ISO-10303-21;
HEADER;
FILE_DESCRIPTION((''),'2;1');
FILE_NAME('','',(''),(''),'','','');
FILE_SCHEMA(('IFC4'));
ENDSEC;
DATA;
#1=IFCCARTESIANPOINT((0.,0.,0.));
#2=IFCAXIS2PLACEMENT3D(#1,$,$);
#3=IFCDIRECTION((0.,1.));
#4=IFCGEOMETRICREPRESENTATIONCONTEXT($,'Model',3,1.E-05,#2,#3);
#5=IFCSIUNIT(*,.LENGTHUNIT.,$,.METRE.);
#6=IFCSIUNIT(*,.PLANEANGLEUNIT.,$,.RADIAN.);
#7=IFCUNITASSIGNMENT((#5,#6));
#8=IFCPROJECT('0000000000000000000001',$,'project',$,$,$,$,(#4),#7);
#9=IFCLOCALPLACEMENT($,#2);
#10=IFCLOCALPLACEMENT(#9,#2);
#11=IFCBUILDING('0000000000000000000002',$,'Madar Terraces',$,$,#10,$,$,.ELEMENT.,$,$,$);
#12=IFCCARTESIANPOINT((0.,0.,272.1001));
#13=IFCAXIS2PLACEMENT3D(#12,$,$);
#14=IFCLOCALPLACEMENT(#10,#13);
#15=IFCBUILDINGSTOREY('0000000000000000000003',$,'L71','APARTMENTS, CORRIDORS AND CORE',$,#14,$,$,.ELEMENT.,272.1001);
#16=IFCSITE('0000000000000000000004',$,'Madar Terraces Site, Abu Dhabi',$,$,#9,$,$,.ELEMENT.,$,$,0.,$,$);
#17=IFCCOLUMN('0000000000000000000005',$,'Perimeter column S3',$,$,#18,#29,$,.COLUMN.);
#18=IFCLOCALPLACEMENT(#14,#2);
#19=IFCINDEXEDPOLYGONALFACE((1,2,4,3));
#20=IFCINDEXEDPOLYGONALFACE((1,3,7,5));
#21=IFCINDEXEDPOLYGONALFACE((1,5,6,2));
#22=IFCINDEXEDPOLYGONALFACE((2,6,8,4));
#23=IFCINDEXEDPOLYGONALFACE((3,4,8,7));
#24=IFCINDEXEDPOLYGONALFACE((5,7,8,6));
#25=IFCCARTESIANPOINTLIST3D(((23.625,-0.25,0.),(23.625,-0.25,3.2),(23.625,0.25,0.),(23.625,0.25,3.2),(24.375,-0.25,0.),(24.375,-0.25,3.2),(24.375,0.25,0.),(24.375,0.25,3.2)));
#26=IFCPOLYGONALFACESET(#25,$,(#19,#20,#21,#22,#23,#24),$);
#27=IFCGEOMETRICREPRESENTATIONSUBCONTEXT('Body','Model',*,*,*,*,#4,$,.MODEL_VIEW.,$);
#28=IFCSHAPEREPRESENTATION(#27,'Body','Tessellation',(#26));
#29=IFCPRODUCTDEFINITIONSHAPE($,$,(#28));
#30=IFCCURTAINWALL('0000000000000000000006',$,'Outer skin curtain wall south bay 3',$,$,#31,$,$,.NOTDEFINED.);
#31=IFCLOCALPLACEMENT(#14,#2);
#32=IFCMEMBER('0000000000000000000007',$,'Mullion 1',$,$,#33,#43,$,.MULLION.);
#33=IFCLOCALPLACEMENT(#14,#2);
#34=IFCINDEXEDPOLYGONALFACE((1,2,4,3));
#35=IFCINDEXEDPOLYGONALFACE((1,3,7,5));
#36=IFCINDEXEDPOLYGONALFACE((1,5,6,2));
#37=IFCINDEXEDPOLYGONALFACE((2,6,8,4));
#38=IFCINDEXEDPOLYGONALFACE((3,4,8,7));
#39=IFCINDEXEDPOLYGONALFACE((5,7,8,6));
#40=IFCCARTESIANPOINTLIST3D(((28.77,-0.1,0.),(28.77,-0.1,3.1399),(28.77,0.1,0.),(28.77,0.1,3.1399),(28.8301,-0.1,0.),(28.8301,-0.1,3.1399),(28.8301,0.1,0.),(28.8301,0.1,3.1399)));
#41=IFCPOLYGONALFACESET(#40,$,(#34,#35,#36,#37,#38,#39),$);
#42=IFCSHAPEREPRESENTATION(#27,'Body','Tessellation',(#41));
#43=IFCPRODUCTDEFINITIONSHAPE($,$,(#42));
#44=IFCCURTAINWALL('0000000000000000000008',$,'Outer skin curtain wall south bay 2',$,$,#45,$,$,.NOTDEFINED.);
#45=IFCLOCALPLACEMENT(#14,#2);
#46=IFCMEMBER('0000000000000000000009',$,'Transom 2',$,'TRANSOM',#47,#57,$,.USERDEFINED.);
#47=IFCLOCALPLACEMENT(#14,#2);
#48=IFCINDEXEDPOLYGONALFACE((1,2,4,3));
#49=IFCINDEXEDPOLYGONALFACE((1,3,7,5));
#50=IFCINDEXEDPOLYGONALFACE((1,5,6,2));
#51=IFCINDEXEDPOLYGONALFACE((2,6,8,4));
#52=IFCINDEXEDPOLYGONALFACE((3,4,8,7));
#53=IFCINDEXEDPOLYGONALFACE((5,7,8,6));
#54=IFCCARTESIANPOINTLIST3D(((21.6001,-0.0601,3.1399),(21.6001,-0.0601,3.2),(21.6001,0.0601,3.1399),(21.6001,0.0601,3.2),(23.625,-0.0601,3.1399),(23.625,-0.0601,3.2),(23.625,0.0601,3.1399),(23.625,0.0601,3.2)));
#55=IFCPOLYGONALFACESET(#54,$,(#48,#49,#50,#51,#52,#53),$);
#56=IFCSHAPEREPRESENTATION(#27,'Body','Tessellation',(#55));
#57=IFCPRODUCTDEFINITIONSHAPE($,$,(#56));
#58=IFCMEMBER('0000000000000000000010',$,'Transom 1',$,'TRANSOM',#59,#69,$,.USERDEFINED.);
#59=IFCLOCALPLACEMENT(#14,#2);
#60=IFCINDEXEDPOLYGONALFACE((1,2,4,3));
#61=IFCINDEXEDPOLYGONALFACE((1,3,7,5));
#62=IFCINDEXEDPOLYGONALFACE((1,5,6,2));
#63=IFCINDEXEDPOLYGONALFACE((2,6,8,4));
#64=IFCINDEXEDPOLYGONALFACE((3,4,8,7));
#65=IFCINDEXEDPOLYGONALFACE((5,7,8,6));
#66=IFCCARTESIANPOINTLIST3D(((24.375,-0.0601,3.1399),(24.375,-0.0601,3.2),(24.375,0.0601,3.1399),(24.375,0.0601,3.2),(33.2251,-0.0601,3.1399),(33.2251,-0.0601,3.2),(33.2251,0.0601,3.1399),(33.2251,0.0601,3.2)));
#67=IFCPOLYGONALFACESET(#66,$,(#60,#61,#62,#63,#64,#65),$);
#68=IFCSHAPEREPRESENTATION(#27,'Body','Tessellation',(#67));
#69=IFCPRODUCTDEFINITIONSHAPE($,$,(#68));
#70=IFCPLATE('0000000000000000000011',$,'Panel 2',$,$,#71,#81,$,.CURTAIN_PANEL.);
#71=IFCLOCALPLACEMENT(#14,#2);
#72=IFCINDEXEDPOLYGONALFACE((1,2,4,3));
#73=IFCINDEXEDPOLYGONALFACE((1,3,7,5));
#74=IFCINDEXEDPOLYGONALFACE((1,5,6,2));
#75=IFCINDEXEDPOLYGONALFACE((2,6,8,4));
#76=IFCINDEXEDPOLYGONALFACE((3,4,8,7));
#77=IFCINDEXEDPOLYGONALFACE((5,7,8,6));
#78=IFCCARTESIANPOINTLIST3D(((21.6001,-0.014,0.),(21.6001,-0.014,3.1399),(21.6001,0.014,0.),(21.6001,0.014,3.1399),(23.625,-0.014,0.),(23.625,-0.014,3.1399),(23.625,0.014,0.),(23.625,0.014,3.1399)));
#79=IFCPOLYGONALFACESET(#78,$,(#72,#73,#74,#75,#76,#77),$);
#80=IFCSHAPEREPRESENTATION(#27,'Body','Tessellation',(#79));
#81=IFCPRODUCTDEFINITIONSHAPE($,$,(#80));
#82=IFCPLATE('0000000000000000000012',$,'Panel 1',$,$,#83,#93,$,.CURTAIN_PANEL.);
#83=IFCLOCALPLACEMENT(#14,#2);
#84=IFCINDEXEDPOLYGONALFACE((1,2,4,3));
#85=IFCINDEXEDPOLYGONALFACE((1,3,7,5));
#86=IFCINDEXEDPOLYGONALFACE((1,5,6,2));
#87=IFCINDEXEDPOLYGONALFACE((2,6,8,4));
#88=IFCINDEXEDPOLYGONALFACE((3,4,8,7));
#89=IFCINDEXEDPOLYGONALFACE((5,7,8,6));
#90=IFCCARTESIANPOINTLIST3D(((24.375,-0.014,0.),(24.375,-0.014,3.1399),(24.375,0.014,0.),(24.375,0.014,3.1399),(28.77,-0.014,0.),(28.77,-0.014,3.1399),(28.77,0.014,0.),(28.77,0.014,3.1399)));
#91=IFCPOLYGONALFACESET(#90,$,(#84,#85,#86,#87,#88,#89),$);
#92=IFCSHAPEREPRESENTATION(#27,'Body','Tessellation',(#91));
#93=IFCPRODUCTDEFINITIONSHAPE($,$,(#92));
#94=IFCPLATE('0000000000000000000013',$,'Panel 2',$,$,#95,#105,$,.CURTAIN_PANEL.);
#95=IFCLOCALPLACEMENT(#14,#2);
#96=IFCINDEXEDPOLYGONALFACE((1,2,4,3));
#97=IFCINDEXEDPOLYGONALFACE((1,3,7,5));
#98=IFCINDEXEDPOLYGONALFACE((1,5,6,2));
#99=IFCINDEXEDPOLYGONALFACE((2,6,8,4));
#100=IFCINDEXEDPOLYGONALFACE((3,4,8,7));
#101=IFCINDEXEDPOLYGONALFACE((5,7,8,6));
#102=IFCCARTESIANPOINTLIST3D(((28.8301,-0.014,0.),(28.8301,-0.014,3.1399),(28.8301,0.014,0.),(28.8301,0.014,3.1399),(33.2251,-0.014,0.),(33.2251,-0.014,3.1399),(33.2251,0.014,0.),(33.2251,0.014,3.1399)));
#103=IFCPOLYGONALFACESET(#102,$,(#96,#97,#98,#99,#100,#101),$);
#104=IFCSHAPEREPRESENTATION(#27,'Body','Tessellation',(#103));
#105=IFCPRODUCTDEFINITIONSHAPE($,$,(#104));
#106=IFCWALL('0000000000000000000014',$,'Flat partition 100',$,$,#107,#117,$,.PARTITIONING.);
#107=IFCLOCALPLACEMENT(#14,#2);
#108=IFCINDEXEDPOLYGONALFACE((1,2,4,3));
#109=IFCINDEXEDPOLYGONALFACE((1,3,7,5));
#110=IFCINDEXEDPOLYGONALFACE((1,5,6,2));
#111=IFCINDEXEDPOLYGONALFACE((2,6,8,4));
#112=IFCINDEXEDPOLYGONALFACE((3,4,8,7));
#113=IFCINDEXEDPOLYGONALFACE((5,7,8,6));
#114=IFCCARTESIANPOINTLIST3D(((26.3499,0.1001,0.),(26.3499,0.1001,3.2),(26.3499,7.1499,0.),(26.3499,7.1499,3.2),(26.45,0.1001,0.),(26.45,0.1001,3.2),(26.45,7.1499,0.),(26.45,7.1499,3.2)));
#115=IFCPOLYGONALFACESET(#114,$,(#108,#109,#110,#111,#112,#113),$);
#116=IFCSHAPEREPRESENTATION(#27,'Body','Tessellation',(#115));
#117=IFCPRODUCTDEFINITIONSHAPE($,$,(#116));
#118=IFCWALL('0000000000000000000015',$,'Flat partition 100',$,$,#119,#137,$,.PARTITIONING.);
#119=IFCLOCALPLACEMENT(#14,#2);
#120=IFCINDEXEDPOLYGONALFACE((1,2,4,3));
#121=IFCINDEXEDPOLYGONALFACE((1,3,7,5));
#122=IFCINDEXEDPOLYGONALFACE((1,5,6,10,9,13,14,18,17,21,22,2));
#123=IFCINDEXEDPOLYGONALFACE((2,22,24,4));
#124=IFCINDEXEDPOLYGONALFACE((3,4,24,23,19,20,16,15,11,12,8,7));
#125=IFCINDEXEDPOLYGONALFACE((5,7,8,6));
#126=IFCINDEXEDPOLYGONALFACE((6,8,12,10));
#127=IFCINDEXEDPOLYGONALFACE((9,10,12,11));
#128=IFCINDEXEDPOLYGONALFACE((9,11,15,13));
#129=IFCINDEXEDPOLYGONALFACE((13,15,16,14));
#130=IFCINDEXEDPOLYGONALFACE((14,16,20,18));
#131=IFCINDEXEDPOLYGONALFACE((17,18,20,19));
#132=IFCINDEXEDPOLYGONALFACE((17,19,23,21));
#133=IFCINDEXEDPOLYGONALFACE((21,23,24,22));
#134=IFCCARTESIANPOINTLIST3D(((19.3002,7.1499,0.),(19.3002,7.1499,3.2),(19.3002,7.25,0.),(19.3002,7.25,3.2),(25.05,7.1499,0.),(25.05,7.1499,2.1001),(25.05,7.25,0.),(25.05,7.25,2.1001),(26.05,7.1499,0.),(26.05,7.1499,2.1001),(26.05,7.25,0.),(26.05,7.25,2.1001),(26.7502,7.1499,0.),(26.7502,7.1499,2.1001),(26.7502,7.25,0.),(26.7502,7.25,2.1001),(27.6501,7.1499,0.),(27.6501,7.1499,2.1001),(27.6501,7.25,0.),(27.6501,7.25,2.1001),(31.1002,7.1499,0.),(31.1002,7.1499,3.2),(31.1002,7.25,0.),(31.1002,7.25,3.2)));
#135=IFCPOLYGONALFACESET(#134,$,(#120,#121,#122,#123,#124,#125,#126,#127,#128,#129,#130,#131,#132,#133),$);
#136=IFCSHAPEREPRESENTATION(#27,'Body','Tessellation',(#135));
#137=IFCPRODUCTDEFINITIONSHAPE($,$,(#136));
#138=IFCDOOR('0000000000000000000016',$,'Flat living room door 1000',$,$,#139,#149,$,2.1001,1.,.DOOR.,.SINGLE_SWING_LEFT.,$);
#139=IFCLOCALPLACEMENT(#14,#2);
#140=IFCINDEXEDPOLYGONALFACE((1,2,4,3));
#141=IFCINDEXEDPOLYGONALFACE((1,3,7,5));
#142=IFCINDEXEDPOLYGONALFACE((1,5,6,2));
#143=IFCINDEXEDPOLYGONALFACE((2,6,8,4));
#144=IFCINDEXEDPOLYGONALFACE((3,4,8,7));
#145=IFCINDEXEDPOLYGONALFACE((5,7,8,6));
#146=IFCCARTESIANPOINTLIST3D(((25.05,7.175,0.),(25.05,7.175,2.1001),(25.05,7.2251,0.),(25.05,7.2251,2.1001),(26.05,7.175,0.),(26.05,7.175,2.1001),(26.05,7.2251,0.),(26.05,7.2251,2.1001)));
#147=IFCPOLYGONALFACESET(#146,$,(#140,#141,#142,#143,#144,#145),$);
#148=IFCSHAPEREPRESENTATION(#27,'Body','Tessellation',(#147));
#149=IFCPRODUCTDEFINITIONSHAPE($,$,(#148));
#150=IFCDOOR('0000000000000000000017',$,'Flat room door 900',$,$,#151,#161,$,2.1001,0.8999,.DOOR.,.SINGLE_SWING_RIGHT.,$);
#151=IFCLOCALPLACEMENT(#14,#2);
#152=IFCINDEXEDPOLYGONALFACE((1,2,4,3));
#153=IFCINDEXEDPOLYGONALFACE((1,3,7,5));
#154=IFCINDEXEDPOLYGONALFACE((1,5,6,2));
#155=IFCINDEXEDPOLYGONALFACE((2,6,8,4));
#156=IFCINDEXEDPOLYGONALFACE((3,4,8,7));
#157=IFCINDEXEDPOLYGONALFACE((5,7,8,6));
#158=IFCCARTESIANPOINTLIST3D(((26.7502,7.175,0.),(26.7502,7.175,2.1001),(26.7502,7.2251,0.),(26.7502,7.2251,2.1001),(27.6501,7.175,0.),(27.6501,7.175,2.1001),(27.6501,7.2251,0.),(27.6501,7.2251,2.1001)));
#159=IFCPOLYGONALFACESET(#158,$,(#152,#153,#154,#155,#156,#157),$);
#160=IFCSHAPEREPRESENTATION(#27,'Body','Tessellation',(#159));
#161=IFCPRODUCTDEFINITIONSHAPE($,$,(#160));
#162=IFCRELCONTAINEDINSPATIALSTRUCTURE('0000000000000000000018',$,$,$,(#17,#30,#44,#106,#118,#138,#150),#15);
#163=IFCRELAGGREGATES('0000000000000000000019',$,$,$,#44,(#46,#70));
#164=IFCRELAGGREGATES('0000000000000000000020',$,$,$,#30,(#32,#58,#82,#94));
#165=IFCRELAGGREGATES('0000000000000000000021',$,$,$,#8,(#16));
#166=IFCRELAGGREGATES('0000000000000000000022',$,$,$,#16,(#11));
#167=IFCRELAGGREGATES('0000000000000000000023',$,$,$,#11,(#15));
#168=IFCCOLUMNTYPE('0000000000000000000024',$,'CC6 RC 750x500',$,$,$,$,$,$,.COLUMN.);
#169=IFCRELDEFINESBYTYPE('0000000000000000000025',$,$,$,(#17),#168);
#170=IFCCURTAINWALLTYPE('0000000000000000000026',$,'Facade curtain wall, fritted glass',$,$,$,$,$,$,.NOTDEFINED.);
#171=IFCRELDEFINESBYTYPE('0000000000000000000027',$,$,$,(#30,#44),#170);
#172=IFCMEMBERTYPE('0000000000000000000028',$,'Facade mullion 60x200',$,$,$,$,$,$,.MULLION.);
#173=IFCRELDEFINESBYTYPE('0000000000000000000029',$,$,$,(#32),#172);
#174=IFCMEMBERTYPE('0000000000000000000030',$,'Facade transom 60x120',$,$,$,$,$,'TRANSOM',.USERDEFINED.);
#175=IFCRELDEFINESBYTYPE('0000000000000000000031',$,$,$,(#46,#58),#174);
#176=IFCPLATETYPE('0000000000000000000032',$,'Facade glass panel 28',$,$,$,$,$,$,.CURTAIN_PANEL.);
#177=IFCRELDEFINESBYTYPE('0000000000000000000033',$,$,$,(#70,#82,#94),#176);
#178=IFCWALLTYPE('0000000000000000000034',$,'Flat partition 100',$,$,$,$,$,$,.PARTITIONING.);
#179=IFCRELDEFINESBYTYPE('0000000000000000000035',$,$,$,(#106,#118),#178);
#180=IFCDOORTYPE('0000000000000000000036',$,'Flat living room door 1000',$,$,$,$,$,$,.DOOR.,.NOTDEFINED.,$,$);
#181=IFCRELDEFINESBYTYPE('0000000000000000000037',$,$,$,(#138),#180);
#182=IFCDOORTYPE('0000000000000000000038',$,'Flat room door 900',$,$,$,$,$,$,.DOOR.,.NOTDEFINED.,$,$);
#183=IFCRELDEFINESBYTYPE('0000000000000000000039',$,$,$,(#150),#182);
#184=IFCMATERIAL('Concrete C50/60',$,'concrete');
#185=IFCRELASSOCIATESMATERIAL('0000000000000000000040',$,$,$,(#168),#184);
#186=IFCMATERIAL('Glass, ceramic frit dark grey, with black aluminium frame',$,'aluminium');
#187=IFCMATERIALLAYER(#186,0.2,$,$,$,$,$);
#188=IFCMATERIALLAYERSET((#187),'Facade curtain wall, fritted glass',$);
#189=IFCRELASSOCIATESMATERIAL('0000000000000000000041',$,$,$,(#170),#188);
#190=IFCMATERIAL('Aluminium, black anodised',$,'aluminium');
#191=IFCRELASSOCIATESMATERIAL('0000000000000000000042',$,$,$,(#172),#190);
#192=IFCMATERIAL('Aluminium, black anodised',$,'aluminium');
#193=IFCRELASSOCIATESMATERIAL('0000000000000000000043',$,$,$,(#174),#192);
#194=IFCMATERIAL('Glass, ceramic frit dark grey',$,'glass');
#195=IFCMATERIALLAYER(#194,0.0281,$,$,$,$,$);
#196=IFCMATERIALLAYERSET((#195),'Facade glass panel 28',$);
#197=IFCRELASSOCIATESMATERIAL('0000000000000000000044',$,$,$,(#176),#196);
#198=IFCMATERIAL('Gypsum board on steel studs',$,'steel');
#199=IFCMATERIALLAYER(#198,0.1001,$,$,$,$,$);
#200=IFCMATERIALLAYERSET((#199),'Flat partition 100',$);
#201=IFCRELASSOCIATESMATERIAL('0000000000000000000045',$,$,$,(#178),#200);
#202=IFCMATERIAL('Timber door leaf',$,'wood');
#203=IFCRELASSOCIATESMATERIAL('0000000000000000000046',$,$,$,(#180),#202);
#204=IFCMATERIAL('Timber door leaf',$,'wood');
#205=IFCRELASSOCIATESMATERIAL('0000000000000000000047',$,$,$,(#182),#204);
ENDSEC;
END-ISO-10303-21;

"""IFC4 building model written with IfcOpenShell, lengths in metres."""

from ifc_helpers import new_model, si_unit, direction, frame, frame_2d, origin, origin_2d, place, context, subcontext, project, spatial, rectangle, extrude, material, layer, layer_set, material_profile, profile_set, type_object, element, fill, aggregate, save


model = new_model("IFC4")

# Units and contexts
model_context = context("Model", 3, precision=1e-05, world=origin(), true_north=direction((0.0, 1.0)))
body_context = subcontext(model_context, "Body", "Model", "MODEL_VIEW")
ifc_project = project(units=[si_unit("LENGTHUNIT", "METRE"), si_unit("PLANEANGLEUNIT", "RADIAN")], contexts=[model_context])

# Site, building, storey
site_placement = place(None, origin())
site = spatial("IfcSite", under=ifc_project, at=site_placement, Name="Madar Terraces Site, Abu Dhabi", CompositionType="ELEMENT", RefElevation=0.0)
building_placement = place(site_placement, origin())
building = spatial("IfcBuilding", under=site, at=building_placement, Name="Madar Terraces", CompositionType="ELEMENT")
storey_placement = place(building_placement, frame((0.0, 0.0, 272.1001)))
storey = spatial("IfcBuildingStorey", under=building, at=storey_placement, Name="L71", Description="APARTMENTS, CORRIDORS AND CORE", CompositionType="ELEMENT", Elevation=272.1001)

# Column
ifc_material_1 = material(Name="Concrete C50/60", Category="concrete")
ifc_material_profile_1 = material_profile(ifc_material_1, rectangle(XDim=0.75, YDim=0.5, at=origin_2d()), Name="CC6 RC 750x500")
ifc_profile_set_1 = profile_set([ifc_material_profile_1], Name="Concrete C50/60")
column_type = type_object("IfcColumnType", Name="CC6 RC 750x500", PredefinedType="COLUMN", material=ifc_profile_set_1)
column_placement = place(storey_placement, frame((24.0, 0.0, 0.0), z_axis=(0.0, 0.0, 1.0), x_axis=(1.0, 0.0, 0.0)))
element("IfcColumn", 1, at=column_placement, inside=storey, type_object=column_type, Name="Perimeter column S3", PredefinedType="COLUMN", context=body_context, shape_type="SweptSolid", body=[
    extrude(rectangle(XDim=0.75, YDim=0.5, at=origin_2d()), origin(), (0.0, 0.0, 1.0), 3.2),
])

# Curtain walls, members
ifc_material_2 = material(Name="Glass, ceramic frit dark grey, with black aluminium frame", Category="aluminium")
ifc_layer_1 = layer(ifc_material_2, 0.2)
ifc_layer_set_1 = layer_set([ifc_layer_1], Name="Facade curtain wall, fritted glass")
curtain_wall_type = type_object("IfcCurtainWallType", Name="Facade curtain wall, fritted glass", PredefinedType="NOTDEFINED", material=ifc_layer_set_1)
curtain_wall_1_placement = place(storey_placement, origin())
curtain_wall_1 = element("IfcCurtainWall", 2, at=curtain_wall_1_placement, inside=storey, type_object=curtain_wall_type, Name="Outer skin curtain wall south bay 3", PredefinedType="NOTDEFINED")
ifc_material_3 = material(Name="Aluminium, black anodised", Category="aluminium")
ifc_material_profile_2 = material_profile(ifc_material_3, rectangle(XDim=0.2, YDim=0.0601, at=origin_2d()), Name="Facade mullion 60x200")
ifc_profile_set_2 = profile_set([ifc_material_profile_2], Name="Aluminium, black anodised")
member_type_1 = type_object("IfcMemberType", Name="Facade mullion 60x200", PredefinedType="MULLION", material=ifc_profile_set_2)
member_1_placement = place(storey_placement, frame((28.8, 0.0, 0.0), z_axis=(0.0, 0.0, 1.0), x_axis=(0.0, 1.0, 0.0)))
member_1 = element("IfcMember", 3, at=member_1_placement, type_object=member_type_1, Name="Mullion 1", PredefinedType="MULLION", context=body_context, shape_type="SweptSolid", body=[
    extrude(rectangle(XDim=0.2, YDim=0.0601, at=origin_2d()), origin(), (0.0, 0.0, 1.0), 3.1399),
])
curtain_wall_2_placement = place(storey_placement, origin())
curtain_wall_2 = element("IfcCurtainWall", 4, at=curtain_wall_2_placement, inside=storey, type_object=curtain_wall_type, Name="Outer skin curtain wall south bay 2", PredefinedType="NOTDEFINED")
ifc_material_4 = material(Name="Aluminium, black anodised", Category="aluminium")
ifc_material_profile_3 = material_profile(ifc_material_4, rectangle(XDim=0.1201, YDim=0.0601, at=origin_2d()), Name="Facade transom 60x120")
ifc_profile_set_3 = profile_set([ifc_material_profile_3], Name="Aluminium, black anodised")
member_type_2 = type_object("IfcMemberType", Name="Facade transom 60x120", ElementType="TRANSOM", PredefinedType="USERDEFINED", material=ifc_profile_set_3)
member_2_placement = place(storey_placement, frame((21.6001, 0.0, 3.1699), z_axis=(1.0, 0.0, 0.0), x_axis=(0.0, 1.0, 0.0)))
member_2 = element("IfcMember", 5, at=member_2_placement, type_object=member_type_2, Name="Transom 2", ObjectType="TRANSOM", PredefinedType="USERDEFINED", context=body_context, shape_type="SweptSolid", body=[
    extrude(rectangle(XDim=0.1201, YDim=0.0601, at=origin_2d()), origin(), (0.0, 0.0, 1.0), 2.0249),
])

# Member
member_3_placement = place(storey_placement, frame((24.375, 0.0, 3.1699), z_axis=(1.0, 0.0, 0.0), x_axis=(0.0, 1.0, 0.0)))
member_3 = element("IfcMember", 6, at=member_3_placement, type_object=member_type_2, Name="Transom 1", ObjectType="TRANSOM", PredefinedType="USERDEFINED", context=body_context, shape_type="SweptSolid", body=[
    extrude(rectangle(XDim=0.1201, YDim=0.0601, at=origin_2d()), origin(), (0.0, 0.0, 1.0), 8.8501),
])

# Plates
ifc_material_5 = material(Name="Glass, ceramic frit dark grey", Category="glass")
ifc_layer_2 = layer(ifc_material_5, 0.0281)
ifc_layer_set_2 = layer_set([ifc_layer_2], Name="Facade glass panel 28")
plate_type = type_object("IfcPlateType", Name="Facade glass panel 28", PredefinedType="CURTAIN_PANEL", material=ifc_layer_set_2)
plate_1_placement = place(storey_placement, frame((22.6125, 0.0, 0.0), z_axis=(0.0, 0.0, 1.0), x_axis=(1.0, 0.0, 0.0)))
plate_1 = element("IfcPlate", 7, at=plate_1_placement, type_object=plate_type, Name="Panel 2", PredefinedType="CURTAIN_PANEL", context=body_context, shape_type="SweptSolid", body=[
    extrude(rectangle(XDim=2.0249, YDim=0.0281, at=origin_2d()), origin(), (0.0, 0.0, 1.0), 3.1399),
])
aggregate(curtain_wall_2, [member_2, plate_1])
plate_2_placement = place(storey_placement, frame((26.5725, 0.0, 0.0), z_axis=(0.0, 0.0, 1.0), x_axis=(1.0, 0.0, 0.0)))
plate_2 = element("IfcPlate", 8, at=plate_2_placement, type_object=plate_type, Name="Panel 1", PredefinedType="CURTAIN_PANEL", context=body_context, shape_type="SweptSolid", body=[
    extrude(rectangle(XDim=4.395, YDim=0.0281, at=origin_2d()), origin(), (0.0, 0.0, 1.0), 3.1399),
])
plate_3_placement = place(storey_placement, frame((31.0276, 0.0, 0.0), z_axis=(0.0, 0.0, 1.0), x_axis=(1.0, 0.0, 0.0)))
plate_3 = element("IfcPlate", 9, at=plate_3_placement, type_object=plate_type, Name="Panel 2", PredefinedType="CURTAIN_PANEL", context=body_context, shape_type="SweptSolid", body=[
    extrude(rectangle(XDim=4.395, YDim=0.0281, at=origin_2d()), origin(), (0.0, 0.0, 1.0), 3.1399),
])
aggregate(curtain_wall_1, [member_1, member_3, plate_2, plate_3])

# Wall
ifc_material_6 = material(Name="Gypsum board on steel studs", Category="steel")
ifc_layer_3 = layer(ifc_material_6, 0.1001)
ifc_layer_set_3 = layer_set([ifc_layer_3], Name="Flat partition 100")
wall_type_1 = type_object("IfcWallType", Name="Flat partition 100", PredefinedType="PARTITIONING", material=ifc_layer_set_3)
wall_1_placement = place(storey_placement, frame((26.3999, 7.1499, 0.0), z_axis=(0.0, 0.0, 1.0), x_axis=(0.0, -1.0, 0.0)))
element("IfcWall", 10, at=wall_1_placement, inside=storey, type_object=wall_type_1, Name="Flat partition 100", PredefinedType="PARTITIONING", context=body_context, shape_type="SweptSolid", body=[
    extrude(rectangle(XDim=7.0498, YDim=0.1001, at=frame_2d((3.5249, 0.0))), origin(), (0.0, 0.0, 1.0), 3.2),
])

# Wall, openings, doors
wall_2_placement = place(storey_placement, frame((31.1001, 7.2, 0.0), z_axis=(0.0, 0.0, 1.0), x_axis=(-1.0, 0.0, 0.0)))
wall_2 = element("IfcWall", 11, at=wall_2_placement, inside=storey, type_object=wall_type_1, Name="Flat partition 100", PredefinedType="PARTITIONING", context=body_context, shape_type="SweptSolid", body=[
    extrude(rectangle(XDim=11.8, YDim=0.1001, at=frame_2d((5.8999, 0.0))), origin(), (0.0, 0.0, 1.0), 3.2),
])
opening_1_placement = place(wall_2_placement, frame((3.45, 0.0, 0.0)))
opening_1 = element("IfcOpeningElement", 12, at=opening_1_placement, cuts=wall_2, PredefinedType="OPENING", context=body_context, shape_type="SweptSolid", body=[
    extrude(rectangle(XDim=0.8999, YDim=2.1001, at=frame_2d((0.45, 1.05))), frame((0.0, 0.0601, 0.0), z_axis=(0.0, -1.0, 0.0), x_axis=(1.0, 0.0, 0.0)), (0.0, 0.0, 1.0), 0.1201),
])
opening_2_placement = place(wall_2_placement, frame((5.05, 0.0, 0.0)))
opening_2 = element("IfcOpeningElement", 13, at=opening_2_placement, cuts=wall_2, PredefinedType="OPENING", context=body_context, shape_type="SweptSolid", body=[
    extrude(rectangle(XDim=1.0, YDim=2.1001, at=frame_2d((0.5, 1.05))), frame((0.0, 0.0601, 0.0), z_axis=(0.0, -1.0, 0.0), x_axis=(1.0, 0.0, 0.0)), (0.0, 0.0, 1.0), 0.1201),
])
ifc_material_7 = material(Name="Timber door leaf", Category="wood")
door_type_1 = type_object("IfcDoorType", Name="Flat living room door 1000", OperationType="NOTDEFINED", PredefinedType="DOOR", material=ifc_material_7)
door_1_placement = place(opening_2_placement, origin())
door_1 = element("IfcDoor", 14, at=door_1_placement, inside=storey, type_object=door_type_1, Name="Flat living room door 1000", OperationType="SINGLE_SWING_LEFT", OverallHeight=2.1001, OverallWidth=1.0, PredefinedType="DOOR", context=body_context, shape_type="SweptSolid", body=[
    extrude(rectangle(XDim=1.0, YDim=2.1001, at=frame_2d((0.5, 1.05))), frame((0.0, 0.0249, 0.0), z_axis=(0.0, -1.0, 0.0), x_axis=(1.0, 0.0, 0.0)), (0.0, 0.0, 1.0), 0.05),
])
fill(opening_2, door_1)
ifc_material_8 = material(Name="Timber door leaf", Category="wood")
door_type_2 = type_object("IfcDoorType", Name="Flat room door 900", OperationType="NOTDEFINED", PredefinedType="DOOR", material=ifc_material_8)
door_2_placement = place(opening_1_placement, origin())
door_2 = element("IfcDoor", 15, at=door_2_placement, inside=storey, type_object=door_type_2, Name="Flat room door 900", OperationType="SINGLE_SWING_RIGHT", OverallHeight=2.1001, OverallWidth=0.8999, PredefinedType="DOOR", context=body_context, shape_type="SweptSolid", body=[
    extrude(rectangle(XDim=0.8999, YDim=2.1001, at=frame_2d((0.45, 1.05))), frame((0.0, 0.0249, 0.0), z_axis=(0.0, -1.0, 0.0), x_axis=(1.0, 0.0, 0.0)), (0.0, 0.0, 1.0), 0.05),
])
fill(opening_1, door_2)

save(model, "model.ifc")
